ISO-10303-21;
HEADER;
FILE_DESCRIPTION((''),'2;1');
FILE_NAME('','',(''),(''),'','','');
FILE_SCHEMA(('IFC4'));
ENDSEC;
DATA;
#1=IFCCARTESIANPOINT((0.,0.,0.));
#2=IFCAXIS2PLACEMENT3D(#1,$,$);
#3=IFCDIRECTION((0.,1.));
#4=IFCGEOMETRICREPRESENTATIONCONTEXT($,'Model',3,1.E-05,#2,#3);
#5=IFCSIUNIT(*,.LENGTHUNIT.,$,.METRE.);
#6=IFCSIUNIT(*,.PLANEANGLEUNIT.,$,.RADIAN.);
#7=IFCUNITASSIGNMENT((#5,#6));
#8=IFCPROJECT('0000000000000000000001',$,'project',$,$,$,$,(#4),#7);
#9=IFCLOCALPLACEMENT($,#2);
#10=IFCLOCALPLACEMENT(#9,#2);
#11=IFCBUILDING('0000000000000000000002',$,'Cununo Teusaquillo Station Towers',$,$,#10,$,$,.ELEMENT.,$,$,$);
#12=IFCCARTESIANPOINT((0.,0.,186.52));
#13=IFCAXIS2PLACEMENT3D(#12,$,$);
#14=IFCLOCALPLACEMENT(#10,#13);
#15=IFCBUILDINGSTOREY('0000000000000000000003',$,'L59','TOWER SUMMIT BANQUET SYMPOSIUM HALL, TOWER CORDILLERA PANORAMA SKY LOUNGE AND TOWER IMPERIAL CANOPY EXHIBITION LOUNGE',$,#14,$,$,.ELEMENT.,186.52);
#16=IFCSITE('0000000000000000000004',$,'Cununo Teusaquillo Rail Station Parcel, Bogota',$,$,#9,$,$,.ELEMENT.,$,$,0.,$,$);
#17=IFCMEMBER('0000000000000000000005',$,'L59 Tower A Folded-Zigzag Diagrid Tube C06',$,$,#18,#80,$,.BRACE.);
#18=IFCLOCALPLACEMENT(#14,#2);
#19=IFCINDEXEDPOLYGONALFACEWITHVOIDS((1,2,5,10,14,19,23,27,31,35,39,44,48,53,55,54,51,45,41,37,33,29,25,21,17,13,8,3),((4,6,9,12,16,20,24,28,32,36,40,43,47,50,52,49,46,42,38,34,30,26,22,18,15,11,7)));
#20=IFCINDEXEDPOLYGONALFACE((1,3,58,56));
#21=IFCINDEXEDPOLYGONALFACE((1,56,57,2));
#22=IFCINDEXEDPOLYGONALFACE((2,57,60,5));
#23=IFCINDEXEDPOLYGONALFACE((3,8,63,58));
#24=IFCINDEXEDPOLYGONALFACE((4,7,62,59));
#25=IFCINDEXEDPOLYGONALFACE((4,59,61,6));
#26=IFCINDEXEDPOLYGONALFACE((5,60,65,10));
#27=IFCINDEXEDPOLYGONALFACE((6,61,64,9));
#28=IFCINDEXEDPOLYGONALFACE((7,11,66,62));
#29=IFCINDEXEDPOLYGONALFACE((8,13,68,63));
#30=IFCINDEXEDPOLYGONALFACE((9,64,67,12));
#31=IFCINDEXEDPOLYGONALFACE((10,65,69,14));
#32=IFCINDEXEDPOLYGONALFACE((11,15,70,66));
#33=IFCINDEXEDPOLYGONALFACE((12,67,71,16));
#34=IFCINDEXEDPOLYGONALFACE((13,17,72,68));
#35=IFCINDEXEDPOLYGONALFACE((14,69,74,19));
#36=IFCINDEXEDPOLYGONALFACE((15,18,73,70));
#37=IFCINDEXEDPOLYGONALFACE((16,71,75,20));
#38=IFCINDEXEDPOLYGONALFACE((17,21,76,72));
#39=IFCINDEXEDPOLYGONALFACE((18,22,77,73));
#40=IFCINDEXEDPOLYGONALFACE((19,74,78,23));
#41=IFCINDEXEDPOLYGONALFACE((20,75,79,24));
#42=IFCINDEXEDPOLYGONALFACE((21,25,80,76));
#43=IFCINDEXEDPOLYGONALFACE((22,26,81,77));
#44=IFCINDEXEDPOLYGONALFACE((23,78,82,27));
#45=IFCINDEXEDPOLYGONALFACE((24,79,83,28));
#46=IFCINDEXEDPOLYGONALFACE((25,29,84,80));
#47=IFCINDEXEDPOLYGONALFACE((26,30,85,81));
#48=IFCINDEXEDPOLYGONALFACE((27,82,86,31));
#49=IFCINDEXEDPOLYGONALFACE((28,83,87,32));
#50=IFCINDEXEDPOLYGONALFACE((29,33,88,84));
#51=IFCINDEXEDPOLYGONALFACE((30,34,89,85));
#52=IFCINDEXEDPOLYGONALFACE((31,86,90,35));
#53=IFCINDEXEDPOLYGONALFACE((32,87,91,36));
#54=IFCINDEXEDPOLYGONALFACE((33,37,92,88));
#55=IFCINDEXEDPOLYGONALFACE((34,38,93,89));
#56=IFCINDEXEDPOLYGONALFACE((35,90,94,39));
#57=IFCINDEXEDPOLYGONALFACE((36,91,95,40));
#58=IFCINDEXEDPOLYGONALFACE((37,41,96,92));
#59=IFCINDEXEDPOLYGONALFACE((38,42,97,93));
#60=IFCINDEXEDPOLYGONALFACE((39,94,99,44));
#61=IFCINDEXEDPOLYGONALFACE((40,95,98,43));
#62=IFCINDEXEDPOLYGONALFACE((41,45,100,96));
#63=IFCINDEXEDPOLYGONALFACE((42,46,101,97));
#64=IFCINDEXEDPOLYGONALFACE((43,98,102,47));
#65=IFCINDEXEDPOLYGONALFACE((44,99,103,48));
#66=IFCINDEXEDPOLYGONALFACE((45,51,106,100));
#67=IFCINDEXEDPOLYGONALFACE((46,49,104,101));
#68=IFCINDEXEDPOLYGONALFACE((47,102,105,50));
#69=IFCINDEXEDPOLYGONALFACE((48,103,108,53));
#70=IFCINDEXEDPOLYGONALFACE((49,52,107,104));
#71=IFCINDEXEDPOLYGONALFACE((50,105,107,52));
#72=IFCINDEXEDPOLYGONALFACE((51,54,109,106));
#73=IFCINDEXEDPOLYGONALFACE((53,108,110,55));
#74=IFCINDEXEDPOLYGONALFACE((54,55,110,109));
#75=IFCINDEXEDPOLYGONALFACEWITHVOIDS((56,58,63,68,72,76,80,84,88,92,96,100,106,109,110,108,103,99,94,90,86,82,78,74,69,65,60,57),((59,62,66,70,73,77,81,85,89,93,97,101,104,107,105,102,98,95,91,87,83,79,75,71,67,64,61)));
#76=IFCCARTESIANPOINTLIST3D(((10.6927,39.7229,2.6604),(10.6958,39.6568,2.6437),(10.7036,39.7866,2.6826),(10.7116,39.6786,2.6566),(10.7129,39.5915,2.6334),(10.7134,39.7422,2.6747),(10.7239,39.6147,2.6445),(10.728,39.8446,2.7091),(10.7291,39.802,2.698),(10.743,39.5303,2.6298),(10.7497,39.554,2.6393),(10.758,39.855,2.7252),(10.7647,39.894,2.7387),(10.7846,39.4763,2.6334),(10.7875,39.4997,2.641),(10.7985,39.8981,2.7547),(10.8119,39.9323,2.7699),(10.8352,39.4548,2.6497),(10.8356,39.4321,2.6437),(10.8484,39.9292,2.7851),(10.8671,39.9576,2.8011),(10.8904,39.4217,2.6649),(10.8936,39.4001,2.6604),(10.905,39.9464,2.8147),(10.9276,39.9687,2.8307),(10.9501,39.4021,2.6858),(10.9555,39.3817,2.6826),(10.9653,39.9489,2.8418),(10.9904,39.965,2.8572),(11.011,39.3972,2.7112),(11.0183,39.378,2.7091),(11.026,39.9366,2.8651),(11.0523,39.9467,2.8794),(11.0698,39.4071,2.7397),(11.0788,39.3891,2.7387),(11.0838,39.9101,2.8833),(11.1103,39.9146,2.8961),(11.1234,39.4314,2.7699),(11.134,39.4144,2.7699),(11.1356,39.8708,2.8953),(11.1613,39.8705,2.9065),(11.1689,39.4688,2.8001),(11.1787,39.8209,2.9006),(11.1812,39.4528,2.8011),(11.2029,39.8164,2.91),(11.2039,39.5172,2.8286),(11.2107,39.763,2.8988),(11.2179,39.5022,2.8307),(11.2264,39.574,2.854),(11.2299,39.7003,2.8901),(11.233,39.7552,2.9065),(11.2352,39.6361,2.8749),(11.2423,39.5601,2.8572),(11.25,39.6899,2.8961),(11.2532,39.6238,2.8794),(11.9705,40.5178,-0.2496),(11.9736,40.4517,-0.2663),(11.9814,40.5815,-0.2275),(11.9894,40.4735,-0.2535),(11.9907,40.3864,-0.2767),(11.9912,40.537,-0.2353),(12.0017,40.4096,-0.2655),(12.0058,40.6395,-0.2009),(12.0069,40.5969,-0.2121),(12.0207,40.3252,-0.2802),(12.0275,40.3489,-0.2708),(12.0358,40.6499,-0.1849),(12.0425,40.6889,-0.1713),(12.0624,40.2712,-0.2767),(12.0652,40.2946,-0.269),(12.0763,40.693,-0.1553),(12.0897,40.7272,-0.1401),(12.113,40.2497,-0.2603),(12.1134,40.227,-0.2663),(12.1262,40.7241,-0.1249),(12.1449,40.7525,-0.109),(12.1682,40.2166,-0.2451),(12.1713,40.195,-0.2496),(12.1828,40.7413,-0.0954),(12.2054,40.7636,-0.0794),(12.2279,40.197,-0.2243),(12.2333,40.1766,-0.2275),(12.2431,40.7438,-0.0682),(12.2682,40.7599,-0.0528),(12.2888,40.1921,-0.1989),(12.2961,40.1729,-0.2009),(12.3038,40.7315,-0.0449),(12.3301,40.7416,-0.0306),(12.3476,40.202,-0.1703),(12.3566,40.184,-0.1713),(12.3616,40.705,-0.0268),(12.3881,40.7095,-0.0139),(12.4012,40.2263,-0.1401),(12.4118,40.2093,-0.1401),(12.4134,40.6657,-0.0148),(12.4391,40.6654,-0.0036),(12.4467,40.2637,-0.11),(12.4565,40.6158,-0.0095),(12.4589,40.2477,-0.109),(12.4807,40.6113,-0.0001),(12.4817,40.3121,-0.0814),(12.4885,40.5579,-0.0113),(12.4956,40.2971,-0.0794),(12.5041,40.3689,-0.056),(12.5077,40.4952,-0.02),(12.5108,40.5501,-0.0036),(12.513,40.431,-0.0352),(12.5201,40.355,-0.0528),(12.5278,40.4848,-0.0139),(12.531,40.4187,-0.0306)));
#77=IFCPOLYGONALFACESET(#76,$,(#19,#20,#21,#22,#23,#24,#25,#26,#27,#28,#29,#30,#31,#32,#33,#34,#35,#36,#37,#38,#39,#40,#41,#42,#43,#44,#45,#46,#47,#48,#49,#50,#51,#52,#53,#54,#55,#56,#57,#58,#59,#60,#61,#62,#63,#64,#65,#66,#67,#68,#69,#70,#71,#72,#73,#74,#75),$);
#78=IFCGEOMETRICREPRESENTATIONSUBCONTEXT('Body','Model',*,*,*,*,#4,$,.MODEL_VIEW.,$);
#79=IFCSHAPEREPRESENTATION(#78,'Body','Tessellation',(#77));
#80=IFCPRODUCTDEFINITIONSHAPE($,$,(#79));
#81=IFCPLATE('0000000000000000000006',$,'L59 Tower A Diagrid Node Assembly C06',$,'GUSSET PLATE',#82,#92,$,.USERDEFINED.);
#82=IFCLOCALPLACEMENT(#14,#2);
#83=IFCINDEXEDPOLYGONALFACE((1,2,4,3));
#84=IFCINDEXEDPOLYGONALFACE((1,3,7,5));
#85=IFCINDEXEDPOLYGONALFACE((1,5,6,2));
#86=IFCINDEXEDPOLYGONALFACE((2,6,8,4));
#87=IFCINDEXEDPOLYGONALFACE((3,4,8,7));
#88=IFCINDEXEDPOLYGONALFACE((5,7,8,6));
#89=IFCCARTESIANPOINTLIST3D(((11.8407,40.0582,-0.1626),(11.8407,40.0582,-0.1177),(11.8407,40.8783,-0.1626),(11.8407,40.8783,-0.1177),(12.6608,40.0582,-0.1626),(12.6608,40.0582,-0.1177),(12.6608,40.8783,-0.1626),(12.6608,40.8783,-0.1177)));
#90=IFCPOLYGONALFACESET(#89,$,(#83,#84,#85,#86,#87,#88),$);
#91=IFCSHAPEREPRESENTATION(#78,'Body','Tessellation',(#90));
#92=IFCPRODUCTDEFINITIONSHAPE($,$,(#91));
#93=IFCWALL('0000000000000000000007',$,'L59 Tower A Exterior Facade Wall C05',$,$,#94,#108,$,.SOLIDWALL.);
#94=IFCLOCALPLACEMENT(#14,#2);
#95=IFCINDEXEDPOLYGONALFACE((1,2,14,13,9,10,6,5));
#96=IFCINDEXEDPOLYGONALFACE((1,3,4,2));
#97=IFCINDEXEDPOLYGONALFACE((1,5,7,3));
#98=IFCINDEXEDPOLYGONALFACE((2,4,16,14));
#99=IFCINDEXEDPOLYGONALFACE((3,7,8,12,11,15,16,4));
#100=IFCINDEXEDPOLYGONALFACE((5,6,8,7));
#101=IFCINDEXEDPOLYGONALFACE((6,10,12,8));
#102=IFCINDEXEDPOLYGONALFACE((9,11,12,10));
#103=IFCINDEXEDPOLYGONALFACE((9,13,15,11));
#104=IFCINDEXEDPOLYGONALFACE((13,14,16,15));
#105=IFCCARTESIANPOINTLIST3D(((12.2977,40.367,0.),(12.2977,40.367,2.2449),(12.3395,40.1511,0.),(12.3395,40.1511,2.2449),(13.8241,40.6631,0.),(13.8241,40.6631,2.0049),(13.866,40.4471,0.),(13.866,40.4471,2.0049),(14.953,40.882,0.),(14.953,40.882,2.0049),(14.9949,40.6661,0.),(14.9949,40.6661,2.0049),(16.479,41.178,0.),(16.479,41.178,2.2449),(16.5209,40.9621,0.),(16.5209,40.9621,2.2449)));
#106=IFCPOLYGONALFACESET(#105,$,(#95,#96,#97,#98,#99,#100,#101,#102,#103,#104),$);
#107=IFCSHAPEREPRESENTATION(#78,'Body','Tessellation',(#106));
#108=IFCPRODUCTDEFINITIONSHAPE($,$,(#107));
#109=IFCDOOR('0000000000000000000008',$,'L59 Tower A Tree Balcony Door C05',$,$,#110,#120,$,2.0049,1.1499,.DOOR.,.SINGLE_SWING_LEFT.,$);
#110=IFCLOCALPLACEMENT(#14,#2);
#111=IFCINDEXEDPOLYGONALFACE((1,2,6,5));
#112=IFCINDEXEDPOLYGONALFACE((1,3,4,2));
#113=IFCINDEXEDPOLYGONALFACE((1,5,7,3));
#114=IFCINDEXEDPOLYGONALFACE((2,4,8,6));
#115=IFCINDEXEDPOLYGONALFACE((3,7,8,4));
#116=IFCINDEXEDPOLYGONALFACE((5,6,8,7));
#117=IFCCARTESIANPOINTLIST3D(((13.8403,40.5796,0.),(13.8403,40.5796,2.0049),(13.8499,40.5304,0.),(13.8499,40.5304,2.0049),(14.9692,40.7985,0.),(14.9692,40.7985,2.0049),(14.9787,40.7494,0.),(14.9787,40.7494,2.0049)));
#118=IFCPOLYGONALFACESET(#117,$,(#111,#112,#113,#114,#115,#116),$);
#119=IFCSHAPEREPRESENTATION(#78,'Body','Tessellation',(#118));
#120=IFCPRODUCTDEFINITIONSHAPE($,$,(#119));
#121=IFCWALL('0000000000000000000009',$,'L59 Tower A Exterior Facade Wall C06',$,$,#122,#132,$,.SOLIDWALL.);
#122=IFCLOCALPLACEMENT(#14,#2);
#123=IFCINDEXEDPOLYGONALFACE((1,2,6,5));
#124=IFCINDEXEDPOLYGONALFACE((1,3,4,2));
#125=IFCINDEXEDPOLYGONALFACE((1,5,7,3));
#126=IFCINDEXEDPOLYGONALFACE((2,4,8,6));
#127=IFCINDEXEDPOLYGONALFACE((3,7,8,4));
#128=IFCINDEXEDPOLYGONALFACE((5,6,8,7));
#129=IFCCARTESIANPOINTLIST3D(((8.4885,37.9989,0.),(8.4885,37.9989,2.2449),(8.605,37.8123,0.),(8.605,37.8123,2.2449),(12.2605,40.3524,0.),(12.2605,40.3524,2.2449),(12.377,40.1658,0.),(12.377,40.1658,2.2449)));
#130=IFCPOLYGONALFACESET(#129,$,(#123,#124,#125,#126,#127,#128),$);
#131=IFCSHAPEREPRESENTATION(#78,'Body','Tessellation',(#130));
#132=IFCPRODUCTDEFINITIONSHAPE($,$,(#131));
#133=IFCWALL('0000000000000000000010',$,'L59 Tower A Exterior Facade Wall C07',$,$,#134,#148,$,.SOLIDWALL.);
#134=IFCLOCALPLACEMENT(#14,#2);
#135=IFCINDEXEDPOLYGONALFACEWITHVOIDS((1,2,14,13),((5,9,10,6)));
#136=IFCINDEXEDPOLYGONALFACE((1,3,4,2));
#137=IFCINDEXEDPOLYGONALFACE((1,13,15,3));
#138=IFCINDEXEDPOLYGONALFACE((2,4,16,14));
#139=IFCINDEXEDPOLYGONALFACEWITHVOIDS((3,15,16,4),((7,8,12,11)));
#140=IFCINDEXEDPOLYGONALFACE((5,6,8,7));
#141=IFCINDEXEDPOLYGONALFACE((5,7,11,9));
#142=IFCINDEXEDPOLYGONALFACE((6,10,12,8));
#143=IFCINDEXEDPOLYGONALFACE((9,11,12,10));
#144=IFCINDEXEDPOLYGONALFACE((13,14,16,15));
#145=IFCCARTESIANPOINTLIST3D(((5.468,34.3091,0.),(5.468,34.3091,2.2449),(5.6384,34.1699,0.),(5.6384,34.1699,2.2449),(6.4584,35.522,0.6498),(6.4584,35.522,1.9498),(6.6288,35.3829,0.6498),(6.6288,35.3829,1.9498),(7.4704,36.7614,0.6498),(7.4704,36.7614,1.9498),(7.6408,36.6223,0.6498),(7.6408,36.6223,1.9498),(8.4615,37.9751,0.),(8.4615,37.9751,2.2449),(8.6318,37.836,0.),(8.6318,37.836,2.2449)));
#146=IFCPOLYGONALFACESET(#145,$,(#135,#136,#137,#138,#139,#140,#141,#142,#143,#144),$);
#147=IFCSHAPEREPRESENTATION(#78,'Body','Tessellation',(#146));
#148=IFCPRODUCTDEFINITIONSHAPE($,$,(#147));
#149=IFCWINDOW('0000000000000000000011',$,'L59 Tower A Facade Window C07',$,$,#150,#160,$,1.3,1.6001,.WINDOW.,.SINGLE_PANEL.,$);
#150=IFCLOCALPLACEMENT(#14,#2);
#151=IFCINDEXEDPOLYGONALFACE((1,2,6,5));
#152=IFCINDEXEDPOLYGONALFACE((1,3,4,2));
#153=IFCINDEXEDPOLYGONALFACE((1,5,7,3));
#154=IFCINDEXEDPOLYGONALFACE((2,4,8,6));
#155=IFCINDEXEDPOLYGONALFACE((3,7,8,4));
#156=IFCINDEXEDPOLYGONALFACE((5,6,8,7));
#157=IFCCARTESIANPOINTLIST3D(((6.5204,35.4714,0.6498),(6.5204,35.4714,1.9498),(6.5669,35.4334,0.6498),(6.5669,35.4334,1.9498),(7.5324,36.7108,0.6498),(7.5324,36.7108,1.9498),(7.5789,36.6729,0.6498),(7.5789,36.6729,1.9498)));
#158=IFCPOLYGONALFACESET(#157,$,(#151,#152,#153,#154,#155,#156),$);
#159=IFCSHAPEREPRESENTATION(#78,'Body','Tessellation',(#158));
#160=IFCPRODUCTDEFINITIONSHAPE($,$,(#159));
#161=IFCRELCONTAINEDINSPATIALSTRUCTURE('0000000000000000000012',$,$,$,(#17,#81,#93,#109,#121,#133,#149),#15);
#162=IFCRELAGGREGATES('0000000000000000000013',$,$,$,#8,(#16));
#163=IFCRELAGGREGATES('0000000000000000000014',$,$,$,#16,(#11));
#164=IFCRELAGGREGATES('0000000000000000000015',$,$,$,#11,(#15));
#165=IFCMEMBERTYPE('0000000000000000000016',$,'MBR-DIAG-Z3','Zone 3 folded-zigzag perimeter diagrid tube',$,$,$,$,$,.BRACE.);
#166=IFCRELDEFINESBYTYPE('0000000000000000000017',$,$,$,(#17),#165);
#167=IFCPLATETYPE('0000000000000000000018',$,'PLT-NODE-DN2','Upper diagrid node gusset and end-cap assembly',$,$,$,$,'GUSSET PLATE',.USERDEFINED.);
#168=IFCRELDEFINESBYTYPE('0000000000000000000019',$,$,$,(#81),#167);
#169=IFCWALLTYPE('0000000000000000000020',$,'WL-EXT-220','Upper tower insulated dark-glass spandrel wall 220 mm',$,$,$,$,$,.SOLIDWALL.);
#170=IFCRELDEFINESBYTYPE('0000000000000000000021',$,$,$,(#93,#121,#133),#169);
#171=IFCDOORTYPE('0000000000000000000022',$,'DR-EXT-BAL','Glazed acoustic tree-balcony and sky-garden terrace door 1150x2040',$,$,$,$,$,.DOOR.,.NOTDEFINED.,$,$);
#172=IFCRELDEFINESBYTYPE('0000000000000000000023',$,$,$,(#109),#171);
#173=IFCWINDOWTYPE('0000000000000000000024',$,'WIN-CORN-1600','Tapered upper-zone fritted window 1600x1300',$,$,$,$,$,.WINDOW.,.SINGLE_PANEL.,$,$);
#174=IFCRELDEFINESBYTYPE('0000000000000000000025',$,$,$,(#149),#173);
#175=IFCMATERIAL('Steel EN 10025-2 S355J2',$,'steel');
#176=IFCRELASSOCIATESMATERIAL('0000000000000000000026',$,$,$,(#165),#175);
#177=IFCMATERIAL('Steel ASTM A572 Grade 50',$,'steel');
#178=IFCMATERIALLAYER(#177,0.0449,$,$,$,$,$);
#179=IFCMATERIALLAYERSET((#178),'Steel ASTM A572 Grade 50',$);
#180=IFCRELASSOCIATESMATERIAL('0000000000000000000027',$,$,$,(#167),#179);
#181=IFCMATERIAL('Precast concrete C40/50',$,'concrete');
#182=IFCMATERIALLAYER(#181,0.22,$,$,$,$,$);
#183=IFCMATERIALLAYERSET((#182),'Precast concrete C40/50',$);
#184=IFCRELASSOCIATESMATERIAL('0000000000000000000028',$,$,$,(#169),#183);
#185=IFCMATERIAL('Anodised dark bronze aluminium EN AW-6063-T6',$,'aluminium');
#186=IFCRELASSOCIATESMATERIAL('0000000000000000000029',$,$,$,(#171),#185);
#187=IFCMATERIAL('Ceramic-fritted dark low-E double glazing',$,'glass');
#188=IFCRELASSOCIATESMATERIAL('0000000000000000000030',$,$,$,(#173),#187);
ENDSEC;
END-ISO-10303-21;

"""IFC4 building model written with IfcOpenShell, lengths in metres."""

from ifc_helpers import new_model, si_unit, direction, frame, frame_2d, origin, origin_2d, place, context, subcontext, project, spatial, rectangle, hollow_circle, extrude, source, transform, mapped, material, layer, layer_set, material_profile, profile_set, type_object, element, fill, save


model = new_model("IFC4")

# Units and contexts
model_context = context("Model", 3, precision=1e-05, world=origin(), true_north=direction((0.0, 1.0)))
body_context = subcontext(model_context, "Body", "Model", "MODEL_VIEW")
ifc_project = project(units=[si_unit("LENGTHUNIT", "METRE"), si_unit("PLANEANGLEUNIT", "RADIAN")], contexts=[model_context])

# Site, building, storey
site_placement = place(None, origin())
site = spatial("IfcSite", under=ifc_project, at=site_placement, Name="Cununo Teusaquillo Rail Station Parcel, Bogota", CompositionType="ELEMENT", RefElevation=0.0)
building_placement = place(site_placement, origin())
building = spatial("IfcBuilding", under=site, at=building_placement, Name="Cununo Teusaquillo Station Towers", CompositionType="ELEMENT")
storey_placement = place(building_placement, frame((0.0, 0.0, 186.52)))
storey = spatial("IfcBuildingStorey", under=building, at=storey_placement, Name="L59", Description="TOWER SUMMIT BANQUET SYMPOSIUM HALL, TOWER CORDILLERA PANORAMA SKY LOUNGE AND TOWER IMPERIAL CANOPY EXHIBITION LOUNGE", CompositionType="ELEMENT", Elevation=186.52)

# Member
ifc_material_1 = material(Name="Steel EN 10025-2 S355J2", Category="steel")
ifc_material_profile_1 = material_profile(ifc_material_1, hollow_circle(Radius=0.3049, WallThickness=0.02, at=origin_2d()), Name="CHS 610x20")
ifc_profile_set_1 = profile_set([ifc_material_profile_1], Name="Steel EN 10025-2 S355J2")
member_type = type_object("IfcMemberType", Name="MBR-DIAG-Z3", Description="Zone 3 folded-zigzag perimeter diagrid tube", PredefinedType="BRACE", material=ifc_profile_set_1)
member_placement = place(storey_placement, frame((12.2507, 40.4683, -0.1401), z_axis=(-0.39003, -0.242632, 0.88826), x_axis=(0.528219, -0.849108, 0.0)))
element("IfcMember", 1, at=member_placement, inside=storey, type_object=member_type, Name="L59 Tower A Folded-Zigzag Diagrid Tube C06", PredefinedType="BRACE", context=body_context, shape_type="SweptSolid", body=[
    extrude(hollow_circle(Radius=0.3049, WallThickness=0.02, at=origin_2d()), origin(), (0.0, 0.0, 1.0), 3.2761),
])

# Plate
ifc_material_2 = material(Name="Steel ASTM A572 Grade 50", Category="steel")
ifc_layer_1 = layer(ifc_material_2, 0.0449)
ifc_layer_set_1 = layer_set([ifc_layer_1], Name="Steel ASTM A572 Grade 50")
plate_type = type_object("IfcPlateType", Name="PLT-NODE-DN2", Description="Upper diagrid node gusset and end-cap assembly", ElementType="GUSSET PLATE", PredefinedType="USERDEFINED", material=ifc_layer_set_1)
shared_shape_1 = source(origin(), body_context, "Body", "SweptSolid", [
    extrude(rectangle(XDim=0.8201, YDim=0.8201, at=origin_2d()), origin(), (0.0, 0.0, 1.0), 0.0449),
])
plate_placement = place(storey_placement, frame((12.2507, 40.4683, -0.1626), z_axis=(0.0, 0.0, 1.0), x_axis=(1.0, 0.0, 0.0)))
element("IfcPlate", 2, at=plate_placement, inside=storey, type_object=plate_type, Name="L59 Tower A Diagrid Node Assembly C06", ObjectType="GUSSET PLATE", PredefinedType="USERDEFINED", context=body_context, shape_type="MappedRepresentation", body=[
    mapped(shared_shape_1, transform((0.0, 0.0, 0.0), x_axis=(1.0, 0.0, 0.0), y_axis=(0.0, 1.0, 0.0), z_axis=(0.0, 0.0, 1.0), scale=1.0)),
])

# Wall, opening, door
ifc_material_3 = material(Name="Precast concrete C40/50", Category="concrete")
ifc_layer_2 = layer(ifc_material_3, 0.22)
ifc_layer_set_2 = layer_set([ifc_layer_2], Name="Precast concrete C40/50")
wall_type_1 = type_object("IfcWallType", Name="WL-EXT-220", Description="Upper tower insulated dark-glass spandrel wall 220 mm", PredefinedType="SOLIDWALL", material=ifc_layer_set_2)
wall_1_placement = place(storey_placement, frame((12.3186, 40.259, 0.0), z_axis=(0.0, 0.0, 1.0), x_axis=(0.981704, 0.190414, 0.0)))
wall_1 = element("IfcWall", 3, at=wall_1_placement, inside=storey, type_object=wall_type_1, Name="L59 Tower A Exterior Facade Wall C05", PredefinedType="SOLIDWALL", context=body_context, shape_type="SweptSolid", body=[
    extrude(rectangle(XDim=4.2593, YDim=0.22, at=frame_2d((2.1296, 0.0))), origin(), (0.0, 0.0, 1.0), 2.2449),
])
shared_shape_2 = source(origin(), body_context, "Body", "SweptSolid", [
    extrude(rectangle(XDim=1.1499, YDim=2.0049, at=frame_2d((0.575, 1.0024))), frame((0.0, 0.1199, 0.0), z_axis=(0.0, -1.0, 0.0), x_axis=(1.0, 0.0, 0.0)), (0.0, 0.0, 1.0), 0.24),
])
opening_1_placement = place(wall_1_placement, frame((1.5549, 0.0, 0.0)))
opening_1 = element("IfcOpeningElement", 4, at=opening_1_placement, cuts=wall_1, PredefinedType="OPENING", context=body_context, shape_type="MappedRepresentation", body=[
    mapped(shared_shape_2, transform((0.0, 0.0, 0.0), x_axis=(1.0, 0.0, 0.0), y_axis=(0.0, 1.0, 0.0), z_axis=(0.0, 0.0, 1.0), scale=1.0)),
])
ifc_material_4 = material(Name="Anodised dark bronze aluminium EN AW-6063-T6", Category="aluminium")
door_type = type_object("IfcDoorType", Name="DR-EXT-BAL", Description="Glazed acoustic tree-balcony and sky-garden terrace door 1150x2040", OperationType="NOTDEFINED", PredefinedType="DOOR", material=ifc_material_4)
shared_shape_3 = source(origin(), body_context, "Body", "SweptSolid", [
    extrude(rectangle(XDim=1.1499, YDim=2.0049, at=frame_2d((0.575, 1.0024))), frame((0.0, 0.0249, 0.0), z_axis=(0.0, -1.0, 0.0), x_axis=(1.0, 0.0, 0.0)), (0.0, 0.0, 1.0), 0.05),
])
door_placement = place(opening_1_placement, origin())
door = element("IfcDoor", 5, at=door_placement, inside=storey, type_object=door_type, Name="L59 Tower A Tree Balcony Door C05", OperationType="SINGLE_SWING_LEFT", OverallHeight=2.0049, OverallWidth=1.1499, PredefinedType="DOOR", context=body_context, shape_type="MappedRepresentation", body=[
    mapped(shared_shape_3, transform((0.0, 0.0, 0.0), x_axis=(1.0, 0.0, 0.0), y_axis=(0.0, 1.0, 0.0), z_axis=(0.0, 0.0, 1.0), scale=1.0)),
])
fill(opening_1, door)

# Wall
wall_2_placement = place(storey_placement, frame((8.5466, 37.9055, 0.0), z_axis=(0.0, 0.0, 1.0), x_axis=(0.848399, 0.529357, 0.0)))
element("IfcWall", 6, at=wall_2_placement, inside=storey, type_object=wall_type_1, Name="L59 Tower A Exterior Facade Wall C06", PredefinedType="SOLIDWALL", context=body_context, shape_type="SweptSolid", body=[
    extrude(rectangle(XDim=4.446, YDim=0.22, at=frame_2d((2.2231, 0.0))), origin(), (0.0, 0.0, 1.0), 2.2449),
])

# Wall, opening, window
wall_3_placement = place(storey_placement, frame((5.5532, 34.2395, 0.0), z_axis=(0.0, 0.0, 1.0), x_axis=(0.632471, 0.774584, 0.0)))
wall_3 = element("IfcWall", 7, at=wall_3_placement, inside=storey, type_object=wall_type_1, Name="L59 Tower A Exterior Facade Wall C07", PredefinedType="SOLIDWALL", context=body_context, shape_type="SweptSolid", body=[
    extrude(rectangle(XDim=4.7329, YDim=0.22, at=frame_2d((2.3665, 0.0))), origin(), (0.0, 0.0, 1.0), 2.2449),
])
shared_shape_4 = source(origin(), body_context, "Body", "SweptSolid", [
    extrude(rectangle(XDim=1.6001, YDim=1.3, at=frame_2d((0.8, 0.6499))), frame((0.0, 0.1199, 0.0), z_axis=(0.0, -1.0, 0.0), x_axis=(1.0, 0.0, 0.0)), (0.0, 0.0, 1.0), 0.24),
])
opening_2_placement = place(wall_3_placement, frame((1.5659, 0.0, 0.6499)))
opening_2 = element("IfcOpeningElement", 8, at=opening_2_placement, cuts=wall_3, PredefinedType="OPENING", context=body_context, shape_type="MappedRepresentation", body=[
    mapped(shared_shape_4, transform((0.0, 0.0, 0.0), x_axis=(1.0, 0.0, 0.0), y_axis=(0.0, 1.0, 0.0), z_axis=(0.0, 0.0, 1.0), scale=1.0)),
])
ifc_material_5 = material(Name="Ceramic-fritted dark low-E double glazing", Category="glass")
window_type = type_object("IfcWindowType", Name="WIN-CORN-1600", Description="Tapered upper-zone fritted window 1600x1300", PartitioningType="SINGLE_PANEL", PredefinedType="WINDOW", material=ifc_material_5)
shared_shape_5 = source(origin(), body_context, "Body", "SweptSolid", [
    extrude(rectangle(XDim=1.6001, YDim=1.3, at=frame_2d((0.8, 0.6499))), frame((0.0, 0.03, 0.0), z_axis=(0.0, -1.0, 0.0), x_axis=(1.0, 0.0, 0.0)), (0.0, 0.0, 1.0), 0.0601),
])
window_placement = place(opening_2_placement, origin())
window = element("IfcWindow", 9, at=window_placement, inside=storey, type_object=window_type, Name="L59 Tower A Facade Window C07", OverallHeight=1.3, OverallWidth=1.6001, PartitioningType="SINGLE_PANEL", PredefinedType="WINDOW", context=body_context, shape_type="MappedRepresentation", body=[
    mapped(shared_shape_5, transform((0.0, 0.0, 0.0), x_axis=(1.0, 0.0, 0.0), y_axis=(0.0, 1.0, 0.0), z_axis=(0.0, 0.0, 1.0), scale=1.0)),
])
fill(opening_2, window)

save(model, "model.ifc")
